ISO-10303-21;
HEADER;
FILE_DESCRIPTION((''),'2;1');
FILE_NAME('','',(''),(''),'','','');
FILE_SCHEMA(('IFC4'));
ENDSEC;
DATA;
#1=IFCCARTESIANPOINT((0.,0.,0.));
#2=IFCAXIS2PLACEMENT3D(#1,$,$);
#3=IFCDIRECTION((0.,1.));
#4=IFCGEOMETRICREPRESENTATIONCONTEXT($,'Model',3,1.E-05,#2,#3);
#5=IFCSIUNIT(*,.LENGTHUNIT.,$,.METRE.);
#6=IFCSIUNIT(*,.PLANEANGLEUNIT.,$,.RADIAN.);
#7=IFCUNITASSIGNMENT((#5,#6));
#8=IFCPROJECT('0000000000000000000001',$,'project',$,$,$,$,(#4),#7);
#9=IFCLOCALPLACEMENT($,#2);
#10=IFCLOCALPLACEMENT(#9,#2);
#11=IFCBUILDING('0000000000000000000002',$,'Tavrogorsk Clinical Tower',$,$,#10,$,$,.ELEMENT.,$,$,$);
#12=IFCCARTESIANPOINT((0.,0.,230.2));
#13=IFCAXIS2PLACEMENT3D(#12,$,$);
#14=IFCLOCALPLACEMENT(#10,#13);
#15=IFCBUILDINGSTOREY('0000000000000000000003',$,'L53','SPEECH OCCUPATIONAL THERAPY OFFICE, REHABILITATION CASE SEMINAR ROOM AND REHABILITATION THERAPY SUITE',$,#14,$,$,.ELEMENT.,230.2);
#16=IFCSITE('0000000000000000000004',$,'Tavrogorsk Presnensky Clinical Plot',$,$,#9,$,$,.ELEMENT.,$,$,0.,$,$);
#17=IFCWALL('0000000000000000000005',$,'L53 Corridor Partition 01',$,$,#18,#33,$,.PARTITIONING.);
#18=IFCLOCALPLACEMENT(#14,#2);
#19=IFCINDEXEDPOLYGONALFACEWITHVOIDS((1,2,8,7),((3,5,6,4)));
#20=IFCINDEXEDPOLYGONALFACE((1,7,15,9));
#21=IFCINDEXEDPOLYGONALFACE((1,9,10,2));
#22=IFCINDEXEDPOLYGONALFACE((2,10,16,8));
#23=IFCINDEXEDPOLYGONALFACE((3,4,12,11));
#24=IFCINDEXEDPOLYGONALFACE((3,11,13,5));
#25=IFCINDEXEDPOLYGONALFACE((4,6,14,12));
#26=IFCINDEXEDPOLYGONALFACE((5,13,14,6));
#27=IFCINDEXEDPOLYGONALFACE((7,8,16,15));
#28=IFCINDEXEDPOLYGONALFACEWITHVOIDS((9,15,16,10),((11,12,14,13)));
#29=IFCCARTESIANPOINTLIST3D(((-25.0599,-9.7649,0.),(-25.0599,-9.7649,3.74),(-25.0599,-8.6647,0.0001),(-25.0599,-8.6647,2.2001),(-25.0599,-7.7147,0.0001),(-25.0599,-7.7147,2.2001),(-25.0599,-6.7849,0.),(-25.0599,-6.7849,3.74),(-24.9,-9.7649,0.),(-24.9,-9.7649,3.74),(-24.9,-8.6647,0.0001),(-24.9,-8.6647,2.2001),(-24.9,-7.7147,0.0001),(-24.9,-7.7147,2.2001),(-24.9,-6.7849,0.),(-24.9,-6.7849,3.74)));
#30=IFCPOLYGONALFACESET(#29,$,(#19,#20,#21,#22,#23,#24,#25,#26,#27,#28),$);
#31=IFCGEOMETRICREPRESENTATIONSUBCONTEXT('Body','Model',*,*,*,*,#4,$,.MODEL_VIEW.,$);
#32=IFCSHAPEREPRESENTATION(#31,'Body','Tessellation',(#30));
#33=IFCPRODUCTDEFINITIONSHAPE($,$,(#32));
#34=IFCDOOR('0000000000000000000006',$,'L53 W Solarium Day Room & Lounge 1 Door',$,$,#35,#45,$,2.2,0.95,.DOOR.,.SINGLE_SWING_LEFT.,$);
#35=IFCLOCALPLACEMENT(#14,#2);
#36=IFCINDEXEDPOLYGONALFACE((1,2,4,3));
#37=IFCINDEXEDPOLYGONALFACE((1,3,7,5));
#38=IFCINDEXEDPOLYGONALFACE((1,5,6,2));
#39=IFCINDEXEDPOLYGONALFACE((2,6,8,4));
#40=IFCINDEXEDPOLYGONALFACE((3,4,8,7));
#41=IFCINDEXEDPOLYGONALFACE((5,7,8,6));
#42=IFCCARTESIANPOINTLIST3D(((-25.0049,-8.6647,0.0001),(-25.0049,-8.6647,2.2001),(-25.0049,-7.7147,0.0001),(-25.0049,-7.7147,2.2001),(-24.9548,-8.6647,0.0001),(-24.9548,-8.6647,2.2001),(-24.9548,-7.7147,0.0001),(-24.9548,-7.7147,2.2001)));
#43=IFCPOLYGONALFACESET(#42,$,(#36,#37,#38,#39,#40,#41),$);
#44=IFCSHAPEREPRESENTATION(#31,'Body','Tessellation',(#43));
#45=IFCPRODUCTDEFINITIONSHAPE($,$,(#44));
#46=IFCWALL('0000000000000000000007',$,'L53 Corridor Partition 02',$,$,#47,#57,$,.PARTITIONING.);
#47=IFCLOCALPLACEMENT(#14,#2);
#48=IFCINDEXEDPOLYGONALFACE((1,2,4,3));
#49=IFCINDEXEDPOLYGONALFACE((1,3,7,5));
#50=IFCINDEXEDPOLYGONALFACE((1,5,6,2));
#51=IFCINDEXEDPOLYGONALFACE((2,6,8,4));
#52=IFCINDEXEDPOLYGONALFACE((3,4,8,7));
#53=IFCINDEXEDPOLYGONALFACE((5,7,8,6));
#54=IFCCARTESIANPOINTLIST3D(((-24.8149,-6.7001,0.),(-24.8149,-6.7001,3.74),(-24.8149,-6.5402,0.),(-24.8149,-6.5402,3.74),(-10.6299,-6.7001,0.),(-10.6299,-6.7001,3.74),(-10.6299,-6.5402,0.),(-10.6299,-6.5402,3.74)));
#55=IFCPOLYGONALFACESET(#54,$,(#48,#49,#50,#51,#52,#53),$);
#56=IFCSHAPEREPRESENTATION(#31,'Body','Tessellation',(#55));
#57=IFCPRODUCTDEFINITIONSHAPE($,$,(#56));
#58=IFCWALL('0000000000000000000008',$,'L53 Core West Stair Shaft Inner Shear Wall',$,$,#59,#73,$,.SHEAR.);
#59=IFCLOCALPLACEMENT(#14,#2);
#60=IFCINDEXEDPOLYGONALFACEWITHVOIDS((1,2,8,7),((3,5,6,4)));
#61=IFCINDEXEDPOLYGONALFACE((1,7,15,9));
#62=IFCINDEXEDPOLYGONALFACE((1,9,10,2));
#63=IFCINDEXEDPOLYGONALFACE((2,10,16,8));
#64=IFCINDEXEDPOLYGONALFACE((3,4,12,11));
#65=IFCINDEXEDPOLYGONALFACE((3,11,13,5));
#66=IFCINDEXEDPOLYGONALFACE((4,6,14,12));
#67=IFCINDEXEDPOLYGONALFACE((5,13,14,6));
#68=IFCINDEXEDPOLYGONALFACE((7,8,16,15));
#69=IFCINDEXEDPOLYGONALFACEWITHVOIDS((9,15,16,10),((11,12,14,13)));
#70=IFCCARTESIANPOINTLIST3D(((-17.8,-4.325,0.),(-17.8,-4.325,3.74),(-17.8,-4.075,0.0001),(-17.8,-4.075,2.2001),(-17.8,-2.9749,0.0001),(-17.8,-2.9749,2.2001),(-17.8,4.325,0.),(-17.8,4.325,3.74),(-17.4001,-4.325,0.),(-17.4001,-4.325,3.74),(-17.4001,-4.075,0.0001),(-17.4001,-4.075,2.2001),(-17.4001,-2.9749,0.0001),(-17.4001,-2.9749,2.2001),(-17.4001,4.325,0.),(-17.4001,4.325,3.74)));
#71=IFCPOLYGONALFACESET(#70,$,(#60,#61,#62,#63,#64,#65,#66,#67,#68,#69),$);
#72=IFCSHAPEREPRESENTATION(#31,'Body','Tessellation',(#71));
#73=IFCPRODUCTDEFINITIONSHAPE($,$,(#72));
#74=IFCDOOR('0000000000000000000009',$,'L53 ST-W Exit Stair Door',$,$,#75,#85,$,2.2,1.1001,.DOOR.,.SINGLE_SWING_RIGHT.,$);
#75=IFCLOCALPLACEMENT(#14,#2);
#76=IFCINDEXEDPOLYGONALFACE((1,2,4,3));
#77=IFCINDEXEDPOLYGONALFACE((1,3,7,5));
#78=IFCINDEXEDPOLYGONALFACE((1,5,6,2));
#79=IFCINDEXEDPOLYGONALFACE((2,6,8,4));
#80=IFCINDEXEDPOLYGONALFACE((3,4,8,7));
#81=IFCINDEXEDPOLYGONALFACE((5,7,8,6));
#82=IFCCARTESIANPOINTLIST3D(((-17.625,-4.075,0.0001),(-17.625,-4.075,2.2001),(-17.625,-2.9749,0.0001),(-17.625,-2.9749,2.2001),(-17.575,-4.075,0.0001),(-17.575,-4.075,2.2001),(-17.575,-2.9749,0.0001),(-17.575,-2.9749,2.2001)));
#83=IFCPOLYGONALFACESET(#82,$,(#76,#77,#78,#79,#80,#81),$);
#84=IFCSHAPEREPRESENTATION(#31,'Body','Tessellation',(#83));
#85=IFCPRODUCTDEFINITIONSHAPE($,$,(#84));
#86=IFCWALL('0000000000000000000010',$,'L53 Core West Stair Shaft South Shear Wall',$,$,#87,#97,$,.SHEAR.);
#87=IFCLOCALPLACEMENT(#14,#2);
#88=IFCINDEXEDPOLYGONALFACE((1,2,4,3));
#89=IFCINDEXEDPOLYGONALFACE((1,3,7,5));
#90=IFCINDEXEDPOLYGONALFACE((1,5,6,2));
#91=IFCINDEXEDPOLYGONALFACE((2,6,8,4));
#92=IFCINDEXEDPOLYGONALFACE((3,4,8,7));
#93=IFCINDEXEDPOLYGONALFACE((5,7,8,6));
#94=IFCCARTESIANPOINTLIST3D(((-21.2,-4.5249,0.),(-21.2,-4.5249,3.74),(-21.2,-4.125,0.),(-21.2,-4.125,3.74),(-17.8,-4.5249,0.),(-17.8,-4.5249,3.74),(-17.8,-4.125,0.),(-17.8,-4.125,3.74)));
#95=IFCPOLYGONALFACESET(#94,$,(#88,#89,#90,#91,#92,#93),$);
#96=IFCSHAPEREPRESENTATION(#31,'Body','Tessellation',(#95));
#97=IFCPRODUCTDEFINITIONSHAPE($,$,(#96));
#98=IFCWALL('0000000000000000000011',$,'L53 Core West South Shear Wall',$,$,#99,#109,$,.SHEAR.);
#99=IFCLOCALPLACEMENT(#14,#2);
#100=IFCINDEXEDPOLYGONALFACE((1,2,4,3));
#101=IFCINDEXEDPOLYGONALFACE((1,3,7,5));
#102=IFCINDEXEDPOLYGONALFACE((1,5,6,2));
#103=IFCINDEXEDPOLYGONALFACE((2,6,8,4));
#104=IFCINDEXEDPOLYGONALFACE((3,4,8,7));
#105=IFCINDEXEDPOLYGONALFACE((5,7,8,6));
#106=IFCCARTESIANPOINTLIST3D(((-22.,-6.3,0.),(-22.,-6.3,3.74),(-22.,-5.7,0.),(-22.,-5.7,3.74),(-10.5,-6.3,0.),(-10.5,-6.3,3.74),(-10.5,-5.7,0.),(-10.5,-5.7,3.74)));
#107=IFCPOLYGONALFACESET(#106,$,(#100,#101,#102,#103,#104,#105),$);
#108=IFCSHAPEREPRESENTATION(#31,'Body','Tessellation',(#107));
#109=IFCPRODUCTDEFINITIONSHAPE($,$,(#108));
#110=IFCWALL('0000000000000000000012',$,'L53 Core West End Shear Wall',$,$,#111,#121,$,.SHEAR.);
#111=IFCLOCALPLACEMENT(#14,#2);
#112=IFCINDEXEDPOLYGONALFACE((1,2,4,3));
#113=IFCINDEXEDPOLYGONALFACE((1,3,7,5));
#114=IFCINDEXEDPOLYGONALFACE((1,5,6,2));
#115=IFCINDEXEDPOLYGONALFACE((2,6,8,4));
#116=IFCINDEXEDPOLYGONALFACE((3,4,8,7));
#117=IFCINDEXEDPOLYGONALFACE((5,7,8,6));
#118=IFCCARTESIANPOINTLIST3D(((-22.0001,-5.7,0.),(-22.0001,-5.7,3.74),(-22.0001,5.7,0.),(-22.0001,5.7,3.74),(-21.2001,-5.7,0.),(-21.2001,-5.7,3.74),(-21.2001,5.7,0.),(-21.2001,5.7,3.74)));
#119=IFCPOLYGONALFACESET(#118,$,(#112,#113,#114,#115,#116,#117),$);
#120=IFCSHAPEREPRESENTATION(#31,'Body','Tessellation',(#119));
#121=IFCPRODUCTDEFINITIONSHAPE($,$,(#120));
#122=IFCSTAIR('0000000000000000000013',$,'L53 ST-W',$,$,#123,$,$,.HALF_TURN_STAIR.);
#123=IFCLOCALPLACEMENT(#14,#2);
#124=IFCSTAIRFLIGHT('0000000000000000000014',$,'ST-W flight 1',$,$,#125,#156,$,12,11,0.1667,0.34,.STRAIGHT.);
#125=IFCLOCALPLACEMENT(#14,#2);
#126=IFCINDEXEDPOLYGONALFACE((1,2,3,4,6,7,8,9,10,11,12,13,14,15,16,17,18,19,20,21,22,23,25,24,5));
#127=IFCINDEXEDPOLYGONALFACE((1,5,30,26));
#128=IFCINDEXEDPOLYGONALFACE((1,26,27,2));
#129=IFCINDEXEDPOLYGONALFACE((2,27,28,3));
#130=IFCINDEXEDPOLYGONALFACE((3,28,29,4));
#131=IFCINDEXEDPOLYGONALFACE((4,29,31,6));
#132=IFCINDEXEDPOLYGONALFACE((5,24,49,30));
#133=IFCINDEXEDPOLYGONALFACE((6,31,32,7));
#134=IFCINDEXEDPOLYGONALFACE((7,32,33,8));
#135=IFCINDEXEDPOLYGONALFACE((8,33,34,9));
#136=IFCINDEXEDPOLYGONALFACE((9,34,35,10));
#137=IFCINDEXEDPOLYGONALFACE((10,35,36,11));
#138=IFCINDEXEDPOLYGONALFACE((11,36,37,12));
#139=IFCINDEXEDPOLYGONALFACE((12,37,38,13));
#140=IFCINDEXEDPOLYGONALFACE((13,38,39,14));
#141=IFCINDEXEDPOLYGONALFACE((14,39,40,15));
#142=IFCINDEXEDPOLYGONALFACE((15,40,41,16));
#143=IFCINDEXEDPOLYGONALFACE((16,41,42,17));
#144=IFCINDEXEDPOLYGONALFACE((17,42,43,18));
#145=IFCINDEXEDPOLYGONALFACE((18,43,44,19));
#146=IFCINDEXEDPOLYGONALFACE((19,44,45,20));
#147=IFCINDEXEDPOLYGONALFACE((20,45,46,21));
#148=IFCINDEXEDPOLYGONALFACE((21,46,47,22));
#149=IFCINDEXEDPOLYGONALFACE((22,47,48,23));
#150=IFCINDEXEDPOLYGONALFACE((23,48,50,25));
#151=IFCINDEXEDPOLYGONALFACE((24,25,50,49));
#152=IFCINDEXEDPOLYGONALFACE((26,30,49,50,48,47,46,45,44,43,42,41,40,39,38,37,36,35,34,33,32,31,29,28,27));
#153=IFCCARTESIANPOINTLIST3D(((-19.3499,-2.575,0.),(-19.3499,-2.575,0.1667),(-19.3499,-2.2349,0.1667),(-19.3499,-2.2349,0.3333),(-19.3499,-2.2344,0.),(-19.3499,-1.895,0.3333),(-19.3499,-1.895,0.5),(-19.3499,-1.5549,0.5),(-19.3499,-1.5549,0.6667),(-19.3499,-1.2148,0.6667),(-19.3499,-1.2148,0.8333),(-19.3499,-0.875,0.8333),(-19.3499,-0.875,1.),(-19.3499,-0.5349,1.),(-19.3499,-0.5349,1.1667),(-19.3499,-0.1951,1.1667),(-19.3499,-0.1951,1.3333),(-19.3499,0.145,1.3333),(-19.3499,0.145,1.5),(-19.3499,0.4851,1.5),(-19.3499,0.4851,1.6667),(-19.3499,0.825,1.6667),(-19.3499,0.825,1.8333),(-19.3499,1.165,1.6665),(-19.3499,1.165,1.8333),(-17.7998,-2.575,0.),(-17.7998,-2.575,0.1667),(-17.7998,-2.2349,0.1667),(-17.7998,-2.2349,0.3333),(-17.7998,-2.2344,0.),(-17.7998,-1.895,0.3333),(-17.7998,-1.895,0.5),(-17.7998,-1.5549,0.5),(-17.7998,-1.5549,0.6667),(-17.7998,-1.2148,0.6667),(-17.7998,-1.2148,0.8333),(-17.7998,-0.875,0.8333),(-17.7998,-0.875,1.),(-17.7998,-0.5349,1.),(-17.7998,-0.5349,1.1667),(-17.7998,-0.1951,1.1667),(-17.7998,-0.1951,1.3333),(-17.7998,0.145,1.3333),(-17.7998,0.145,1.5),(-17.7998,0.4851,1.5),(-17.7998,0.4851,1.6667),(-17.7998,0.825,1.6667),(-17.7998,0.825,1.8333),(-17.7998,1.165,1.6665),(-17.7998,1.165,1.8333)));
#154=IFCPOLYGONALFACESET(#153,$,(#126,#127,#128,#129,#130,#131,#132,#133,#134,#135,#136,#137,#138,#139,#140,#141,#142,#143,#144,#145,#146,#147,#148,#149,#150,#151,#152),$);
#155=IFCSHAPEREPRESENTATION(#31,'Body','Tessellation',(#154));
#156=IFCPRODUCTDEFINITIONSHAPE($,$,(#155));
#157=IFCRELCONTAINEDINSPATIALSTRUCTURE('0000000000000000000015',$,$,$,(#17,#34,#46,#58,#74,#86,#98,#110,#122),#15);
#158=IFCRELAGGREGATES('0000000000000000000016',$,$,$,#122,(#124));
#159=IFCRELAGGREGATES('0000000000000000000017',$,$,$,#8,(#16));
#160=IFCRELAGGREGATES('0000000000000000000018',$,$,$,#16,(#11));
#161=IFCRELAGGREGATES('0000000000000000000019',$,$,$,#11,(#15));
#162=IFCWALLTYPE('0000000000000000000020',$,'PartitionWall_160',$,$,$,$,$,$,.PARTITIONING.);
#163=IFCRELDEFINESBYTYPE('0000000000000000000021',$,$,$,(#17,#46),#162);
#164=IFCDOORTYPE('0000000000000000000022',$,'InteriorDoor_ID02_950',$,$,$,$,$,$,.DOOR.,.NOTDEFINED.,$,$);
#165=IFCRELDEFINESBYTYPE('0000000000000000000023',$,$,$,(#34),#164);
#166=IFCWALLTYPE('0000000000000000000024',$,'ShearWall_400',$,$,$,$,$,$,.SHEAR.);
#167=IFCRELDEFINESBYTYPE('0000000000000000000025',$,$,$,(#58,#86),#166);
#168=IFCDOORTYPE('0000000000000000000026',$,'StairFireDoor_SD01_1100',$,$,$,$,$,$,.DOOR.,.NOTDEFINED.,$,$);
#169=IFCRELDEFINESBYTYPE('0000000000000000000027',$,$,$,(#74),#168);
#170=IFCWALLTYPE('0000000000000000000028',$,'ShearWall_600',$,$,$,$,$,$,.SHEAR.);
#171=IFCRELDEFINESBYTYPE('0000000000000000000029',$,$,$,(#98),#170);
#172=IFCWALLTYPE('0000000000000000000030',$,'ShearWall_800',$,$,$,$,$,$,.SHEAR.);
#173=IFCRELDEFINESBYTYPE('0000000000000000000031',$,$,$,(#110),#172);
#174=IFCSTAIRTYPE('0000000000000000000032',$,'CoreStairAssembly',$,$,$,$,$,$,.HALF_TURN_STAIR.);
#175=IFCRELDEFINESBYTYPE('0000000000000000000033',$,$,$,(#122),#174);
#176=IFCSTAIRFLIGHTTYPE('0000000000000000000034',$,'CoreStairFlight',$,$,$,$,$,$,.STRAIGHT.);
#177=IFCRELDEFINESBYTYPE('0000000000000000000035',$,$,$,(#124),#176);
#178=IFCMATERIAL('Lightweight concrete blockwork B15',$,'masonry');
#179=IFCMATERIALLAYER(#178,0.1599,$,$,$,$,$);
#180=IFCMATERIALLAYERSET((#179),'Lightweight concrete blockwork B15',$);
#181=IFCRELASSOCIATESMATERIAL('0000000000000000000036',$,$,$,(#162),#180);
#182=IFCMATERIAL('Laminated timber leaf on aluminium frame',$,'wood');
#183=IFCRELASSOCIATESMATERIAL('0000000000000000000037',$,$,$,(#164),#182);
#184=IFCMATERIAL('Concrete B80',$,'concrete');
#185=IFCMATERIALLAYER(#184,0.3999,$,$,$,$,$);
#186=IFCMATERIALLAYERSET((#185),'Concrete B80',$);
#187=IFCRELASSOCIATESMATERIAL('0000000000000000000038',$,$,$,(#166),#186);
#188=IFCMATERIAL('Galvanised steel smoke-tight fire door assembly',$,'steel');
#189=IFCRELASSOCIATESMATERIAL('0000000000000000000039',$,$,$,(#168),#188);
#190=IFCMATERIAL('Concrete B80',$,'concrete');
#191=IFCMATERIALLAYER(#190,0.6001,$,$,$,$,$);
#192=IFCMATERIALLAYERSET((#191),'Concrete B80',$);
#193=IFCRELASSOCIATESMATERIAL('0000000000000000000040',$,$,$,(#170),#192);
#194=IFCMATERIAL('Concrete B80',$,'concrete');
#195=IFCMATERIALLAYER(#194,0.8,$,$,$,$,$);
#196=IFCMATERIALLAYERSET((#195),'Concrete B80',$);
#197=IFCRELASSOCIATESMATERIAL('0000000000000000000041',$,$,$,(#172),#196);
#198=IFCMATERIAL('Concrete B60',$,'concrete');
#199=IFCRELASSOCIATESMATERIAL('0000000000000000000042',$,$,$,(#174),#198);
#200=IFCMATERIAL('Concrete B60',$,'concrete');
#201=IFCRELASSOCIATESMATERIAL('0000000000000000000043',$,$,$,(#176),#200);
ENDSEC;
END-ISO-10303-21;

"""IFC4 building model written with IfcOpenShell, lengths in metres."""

from ifc_helpers import new_model, si_unit, direction, frame, frame_2d, origin, place, context, subcontext, project, spatial, polyline, rectangle, outline, extrude, material, layer, layer_set, type_object, element, fill, aggregate, save


model = new_model("IFC4")

# Units and contexts
model_context = context("Model", 3, precision=1e-05, world=origin(), true_north=direction((0.0, 1.0)))
body_context = subcontext(model_context, "Body", "Model", "MODEL_VIEW")
ifc_project = project(units=[si_unit("LENGTHUNIT", "METRE"), si_unit("PLANEANGLEUNIT", "RADIAN")], contexts=[model_context])

# Site, building, storey
site_placement = place(None, origin())
site = spatial("IfcSite", under=ifc_project, at=site_placement, Name="Tavrogorsk Presnensky Clinical Plot", CompositionType="ELEMENT", RefElevation=0.0)
building_placement = place(site_placement, origin())
building = spatial("IfcBuilding", under=site, at=building_placement, Name="Tavrogorsk Clinical Tower", CompositionType="ELEMENT")
storey_placement = place(building_placement, frame((0.0, 0.0, 230.2)))
storey = spatial("IfcBuildingStorey", under=building, at=storey_placement, Name="L53", Description="SPEECH OCCUPATIONAL THERAPY OFFICE, REHABILITATION CASE SEMINAR ROOM AND REHABILITATION THERAPY SUITE", CompositionType="ELEMENT", Elevation=230.2)

# Wall, opening, door
ifc_material_1 = material(Name="Lightweight concrete blockwork B15", Category="masonry")
ifc_layer_1 = layer(ifc_material_1, 0.1599)
ifc_layer_set_1 = layer_set([ifc_layer_1], Name="Lightweight concrete blockwork B15")
wall_type_1 = type_object("IfcWallType", Name="PartitionWall_160", PredefinedType="PARTITIONING", material=ifc_layer_set_1)
wall_1_placement = place(storey_placement, frame((-24.98, -9.7649, 0.0), z_axis=(0.0, 0.0, 1.0), x_axis=(0.0, 1.0, 0.0)))
wall_1 = element("IfcWall", 1, at=wall_1_placement, inside=storey, type_object=wall_type_1, Name="L53 Corridor Partition 01", PredefinedType="PARTITIONING", context=body_context, shape_type="SweptSolid", body=[
    extrude(rectangle(XDim=2.98, YDim=0.1599, at=frame_2d((1.49, 0.0))), origin(), (0.0, 0.0, 1.0), 3.74),
])
opening_1_placement = place(wall_1_placement, frame((1.1001, 0.0, 0.0)))
opening_1 = element("IfcOpeningElement", 2, at=opening_1_placement, cuts=wall_1, PredefinedType="OPENING", context=body_context, shape_type="SweptSolid", body=[
    extrude(rectangle(XDim=0.95, YDim=2.2, at=frame_2d((0.4751, 1.1001))), frame((0.0, 0.0898, 0.0), z_axis=(0.0, -1.0, 0.0), x_axis=(1.0, 0.0, 0.0)), (0.0, 0.0, 1.0), 0.1799),
])
ifc_material_2 = material(Name="Laminated timber leaf on aluminium frame", Category="wood")
door_type_1 = type_object("IfcDoorType", Name="InteriorDoor_ID02_950", OperationType="NOTDEFINED", PredefinedType="DOOR", material=ifc_material_2)
door_1_placement = place(opening_1_placement, origin())
door_1 = element("IfcDoor", 3, at=door_1_placement, inside=storey, type_object=door_type_1, Name="L53 W Solarium Day Room & Lounge 1 Door", OperationType="SINGLE_SWING_LEFT", OverallHeight=2.2, OverallWidth=0.95, PredefinedType="DOOR", context=body_context, shape_type="SweptSolid", body=[
    extrude(rectangle(XDim=0.95, YDim=2.2, at=frame_2d((0.4751, 1.1001))), frame((0.0, 0.0249, 0.0), z_axis=(0.0, -1.0, 0.0), x_axis=(1.0, 0.0, 0.0)), (0.0, 0.0, 1.0), 0.05),
])
fill(opening_1, door_1)

# Wall
wall_2_placement = place(storey_placement, frame((-24.8149, -6.6201, 0.0), z_axis=(0.0, 0.0, 1.0), x_axis=(1.0, 0.0, 0.0)))
element("IfcWall", 4, at=wall_2_placement, inside=storey, type_object=wall_type_1, Name="L53 Corridor Partition 02", PredefinedType="PARTITIONING", context=body_context, shape_type="SweptSolid", body=[
    extrude(rectangle(XDim=14.1851, YDim=0.1599, at=frame_2d((7.0925, 0.0))), origin(), (0.0, 0.0, 1.0), 3.74),
])

# Wall, opening, door
ifc_material_3 = material(Name="Concrete B80", Category="concrete")
ifc_layer_2 = layer(ifc_material_3, 0.3999)
ifc_layer_set_2 = layer_set([ifc_layer_2], Name="Concrete B80")
wall_type_2 = type_object("IfcWallType", Name="ShearWall_400", PredefinedType="SHEAR", material=ifc_layer_set_2)
wall_3_placement = place(storey_placement, frame((-17.6001, -4.325, 0.0), z_axis=(0.0, 0.0, 1.0), x_axis=(0.0, 1.0, 0.0)))
wall_3 = element("IfcWall", 5, at=wall_3_placement, inside=storey, type_object=wall_type_2, Name="L53 Core West Stair Shaft Inner Shear Wall", PredefinedType="SHEAR", context=body_context, shape_type="SweptSolid", body=[
    extrude(rectangle(XDim=8.6499, YDim=0.3999, at=frame_2d((4.325, 0.0))), origin(), (0.0, 0.0, 1.0), 3.74),
])
opening_2_placement = place(wall_3_placement, frame((0.25, 0.0, 0.0)))
opening_2 = element("IfcOpeningElement", 6, at=opening_2_placement, cuts=wall_3, PredefinedType="OPENING", context=body_context, shape_type="SweptSolid", body=[
    extrude(rectangle(XDim=1.1001, YDim=2.2, at=frame_2d((0.55, 1.1001))), frame((0.0, 0.21, 0.0), z_axis=(0.0, -1.0, 0.0), x_axis=(1.0, 0.0, 0.0)), (0.0, 0.0, 1.0), 0.4199),
])
ifc_material_4 = material(Name="Galvanised steel smoke-tight fire door assembly", Category="steel")
door_type_2 = type_object("IfcDoorType", Name="StairFireDoor_SD01_1100", OperationType="NOTDEFINED", PredefinedType="DOOR", material=ifc_material_4)
door_2_placement = place(opening_2_placement, origin())
door_2 = element("IfcDoor", 7, at=door_2_placement, inside=storey, type_object=door_type_2, Name="L53 ST-W Exit Stair Door", OperationType="SINGLE_SWING_RIGHT", OverallHeight=2.2, OverallWidth=1.1001, PredefinedType="DOOR", context=body_context, shape_type="SweptSolid", body=[
    extrude(rectangle(XDim=1.1001, YDim=2.2, at=frame_2d((0.55, 1.1001))), frame((0.0, 0.0249, 0.0), z_axis=(0.0, -1.0, 0.0), x_axis=(1.0, 0.0, 0.0)), (0.0, 0.0, 1.0), 0.05),
])
fill(opening_2, door_2)

# Walls
wall_4_placement = place(storey_placement, frame((-21.2, -4.325, 0.0), z_axis=(0.0, 0.0, 1.0), x_axis=(1.0, 0.0, 0.0)))
element("IfcWall", 8, at=wall_4_placement, inside=storey, type_object=wall_type_2, Name="L53 Core West Stair Shaft South Shear Wall", PredefinedType="SHEAR", context=body_context, shape_type="SweptSolid", body=[
    extrude(rectangle(XDim=3.3999, YDim=0.3999, at=frame_2d((1.7, 0.0))), origin(), (0.0, 0.0, 1.0), 3.74),
])
ifc_material_5 = material(Name="Concrete B80", Category="concrete")
ifc_layer_3 = layer(ifc_material_5, 0.6001)
ifc_layer_set_3 = layer_set([ifc_layer_3], Name="Concrete B80")
wall_type_3 = type_object("IfcWallType", Name="ShearWall_600", PredefinedType="SHEAR", material=ifc_layer_set_3)
wall_5_placement = place(storey_placement, frame((-22.0, -6.0, 0.0), z_axis=(0.0, 0.0, 1.0), x_axis=(1.0, 0.0, 0.0)))
element("IfcWall", 9, at=wall_5_placement, inside=storey, type_object=wall_type_3, Name="L53 Core West South Shear Wall", PredefinedType="SHEAR", context=body_context, shape_type="SweptSolid", body=[
    extrude(rectangle(XDim=11.5, YDim=0.6001, at=frame_2d((5.75, 0.0))), origin(), (0.0, 0.0, 1.0), 3.74),
])
ifc_material_6 = material(Name="Concrete B80", Category="concrete")
ifc_layer_4 = layer(ifc_material_6, 0.8)
ifc_layer_set_4 = layer_set([ifc_layer_4], Name="Concrete B80")
wall_type_4 = type_object("IfcWallType", Name="ShearWall_800", PredefinedType="SHEAR", material=ifc_layer_set_4)
wall_6_placement = place(storey_placement, frame((-21.6001, -5.7, 0.0), z_axis=(0.0, 0.0, 1.0), x_axis=(0.0, 1.0, 0.0)))
element("IfcWall", 10, at=wall_6_placement, inside=storey, type_object=wall_type_4, Name="L53 Core West End Shear Wall", PredefinedType="SHEAR", context=body_context, shape_type="SweptSolid", body=[
    extrude(rectangle(XDim=11.3999, YDim=0.8, at=frame_2d((5.7, 0.0))), origin(), (0.0, 0.0, 1.0), 3.74),
])

# Stair, stair flight
ifc_material_7 = material(Name="Concrete B60", Category="concrete")
stair_type = type_object("IfcStairType", Name="CoreStairAssembly", PredefinedType="HALF_TURN_STAIR", material=ifc_material_7)
stair_placement = place(storey_placement, origin())
stair = element("IfcStair", 11, at=stair_placement, inside=storey, type_object=stair_type, Name="L53 ST-W", PredefinedType="HALF_TURN_STAIR")
ifc_material_8 = material(Name="Concrete B60", Category="concrete")
stair_flight_type = type_object("IfcStairFlightType", Name="CoreStairFlight", PredefinedType="STRAIGHT", material=ifc_material_8)
stair_flight_placement = place(storey_placement, frame((-18.575, -2.575, 0.0), z_axis=(0.0, 0.0, 1.0), x_axis=(0.0, 1.0, 0.0)))
stair_flight = element("IfcStairFlight", 12, at=stair_flight_placement, type_object=stair_flight_type, Name="ST-W flight 1", NumberOfRisers=12, NumberOfTreads=11, PredefinedType="STRAIGHT", RiserHeight=0.1667, TreadLength=0.34, context=body_context, shape_type="SweptSolid", body=[
    extrude(outline(polyline([(0.0, 0.0), (0.0, 0.1667), (0.3401, 0.1667), (0.3401, 0.3333), (0.6799, 0.3333), (0.6799, 0.5), (1.02, 0.5), (1.02, 0.6667), (1.3601, 0.6667), (1.3601, 0.8333), (1.7, 0.8333), (1.7, 1.0), (2.04, 1.0), (2.04, 1.1667), (2.3799, 1.1667), (2.3799, 1.3333), (2.72, 1.3333), (2.72, 1.5), (3.0601, 1.5), (3.0601, 1.6667), (3.3999, 1.6667), (3.3999, 1.8333), (3.74, 1.8333), (3.74, 2.0), (3.74, 1.6665), (0.3406, 0.0), (0.0, 0.0)])), frame((0.0, 0.7749, 0.0), z_axis=(0.0, -1.0, 0.0), x_axis=(1.0, 0.0, 0.0)), (0.0, 0.0, 1.0), 1.55),
])
aggregate(stair, [stair_flight])

save(model, "model.ifc")
